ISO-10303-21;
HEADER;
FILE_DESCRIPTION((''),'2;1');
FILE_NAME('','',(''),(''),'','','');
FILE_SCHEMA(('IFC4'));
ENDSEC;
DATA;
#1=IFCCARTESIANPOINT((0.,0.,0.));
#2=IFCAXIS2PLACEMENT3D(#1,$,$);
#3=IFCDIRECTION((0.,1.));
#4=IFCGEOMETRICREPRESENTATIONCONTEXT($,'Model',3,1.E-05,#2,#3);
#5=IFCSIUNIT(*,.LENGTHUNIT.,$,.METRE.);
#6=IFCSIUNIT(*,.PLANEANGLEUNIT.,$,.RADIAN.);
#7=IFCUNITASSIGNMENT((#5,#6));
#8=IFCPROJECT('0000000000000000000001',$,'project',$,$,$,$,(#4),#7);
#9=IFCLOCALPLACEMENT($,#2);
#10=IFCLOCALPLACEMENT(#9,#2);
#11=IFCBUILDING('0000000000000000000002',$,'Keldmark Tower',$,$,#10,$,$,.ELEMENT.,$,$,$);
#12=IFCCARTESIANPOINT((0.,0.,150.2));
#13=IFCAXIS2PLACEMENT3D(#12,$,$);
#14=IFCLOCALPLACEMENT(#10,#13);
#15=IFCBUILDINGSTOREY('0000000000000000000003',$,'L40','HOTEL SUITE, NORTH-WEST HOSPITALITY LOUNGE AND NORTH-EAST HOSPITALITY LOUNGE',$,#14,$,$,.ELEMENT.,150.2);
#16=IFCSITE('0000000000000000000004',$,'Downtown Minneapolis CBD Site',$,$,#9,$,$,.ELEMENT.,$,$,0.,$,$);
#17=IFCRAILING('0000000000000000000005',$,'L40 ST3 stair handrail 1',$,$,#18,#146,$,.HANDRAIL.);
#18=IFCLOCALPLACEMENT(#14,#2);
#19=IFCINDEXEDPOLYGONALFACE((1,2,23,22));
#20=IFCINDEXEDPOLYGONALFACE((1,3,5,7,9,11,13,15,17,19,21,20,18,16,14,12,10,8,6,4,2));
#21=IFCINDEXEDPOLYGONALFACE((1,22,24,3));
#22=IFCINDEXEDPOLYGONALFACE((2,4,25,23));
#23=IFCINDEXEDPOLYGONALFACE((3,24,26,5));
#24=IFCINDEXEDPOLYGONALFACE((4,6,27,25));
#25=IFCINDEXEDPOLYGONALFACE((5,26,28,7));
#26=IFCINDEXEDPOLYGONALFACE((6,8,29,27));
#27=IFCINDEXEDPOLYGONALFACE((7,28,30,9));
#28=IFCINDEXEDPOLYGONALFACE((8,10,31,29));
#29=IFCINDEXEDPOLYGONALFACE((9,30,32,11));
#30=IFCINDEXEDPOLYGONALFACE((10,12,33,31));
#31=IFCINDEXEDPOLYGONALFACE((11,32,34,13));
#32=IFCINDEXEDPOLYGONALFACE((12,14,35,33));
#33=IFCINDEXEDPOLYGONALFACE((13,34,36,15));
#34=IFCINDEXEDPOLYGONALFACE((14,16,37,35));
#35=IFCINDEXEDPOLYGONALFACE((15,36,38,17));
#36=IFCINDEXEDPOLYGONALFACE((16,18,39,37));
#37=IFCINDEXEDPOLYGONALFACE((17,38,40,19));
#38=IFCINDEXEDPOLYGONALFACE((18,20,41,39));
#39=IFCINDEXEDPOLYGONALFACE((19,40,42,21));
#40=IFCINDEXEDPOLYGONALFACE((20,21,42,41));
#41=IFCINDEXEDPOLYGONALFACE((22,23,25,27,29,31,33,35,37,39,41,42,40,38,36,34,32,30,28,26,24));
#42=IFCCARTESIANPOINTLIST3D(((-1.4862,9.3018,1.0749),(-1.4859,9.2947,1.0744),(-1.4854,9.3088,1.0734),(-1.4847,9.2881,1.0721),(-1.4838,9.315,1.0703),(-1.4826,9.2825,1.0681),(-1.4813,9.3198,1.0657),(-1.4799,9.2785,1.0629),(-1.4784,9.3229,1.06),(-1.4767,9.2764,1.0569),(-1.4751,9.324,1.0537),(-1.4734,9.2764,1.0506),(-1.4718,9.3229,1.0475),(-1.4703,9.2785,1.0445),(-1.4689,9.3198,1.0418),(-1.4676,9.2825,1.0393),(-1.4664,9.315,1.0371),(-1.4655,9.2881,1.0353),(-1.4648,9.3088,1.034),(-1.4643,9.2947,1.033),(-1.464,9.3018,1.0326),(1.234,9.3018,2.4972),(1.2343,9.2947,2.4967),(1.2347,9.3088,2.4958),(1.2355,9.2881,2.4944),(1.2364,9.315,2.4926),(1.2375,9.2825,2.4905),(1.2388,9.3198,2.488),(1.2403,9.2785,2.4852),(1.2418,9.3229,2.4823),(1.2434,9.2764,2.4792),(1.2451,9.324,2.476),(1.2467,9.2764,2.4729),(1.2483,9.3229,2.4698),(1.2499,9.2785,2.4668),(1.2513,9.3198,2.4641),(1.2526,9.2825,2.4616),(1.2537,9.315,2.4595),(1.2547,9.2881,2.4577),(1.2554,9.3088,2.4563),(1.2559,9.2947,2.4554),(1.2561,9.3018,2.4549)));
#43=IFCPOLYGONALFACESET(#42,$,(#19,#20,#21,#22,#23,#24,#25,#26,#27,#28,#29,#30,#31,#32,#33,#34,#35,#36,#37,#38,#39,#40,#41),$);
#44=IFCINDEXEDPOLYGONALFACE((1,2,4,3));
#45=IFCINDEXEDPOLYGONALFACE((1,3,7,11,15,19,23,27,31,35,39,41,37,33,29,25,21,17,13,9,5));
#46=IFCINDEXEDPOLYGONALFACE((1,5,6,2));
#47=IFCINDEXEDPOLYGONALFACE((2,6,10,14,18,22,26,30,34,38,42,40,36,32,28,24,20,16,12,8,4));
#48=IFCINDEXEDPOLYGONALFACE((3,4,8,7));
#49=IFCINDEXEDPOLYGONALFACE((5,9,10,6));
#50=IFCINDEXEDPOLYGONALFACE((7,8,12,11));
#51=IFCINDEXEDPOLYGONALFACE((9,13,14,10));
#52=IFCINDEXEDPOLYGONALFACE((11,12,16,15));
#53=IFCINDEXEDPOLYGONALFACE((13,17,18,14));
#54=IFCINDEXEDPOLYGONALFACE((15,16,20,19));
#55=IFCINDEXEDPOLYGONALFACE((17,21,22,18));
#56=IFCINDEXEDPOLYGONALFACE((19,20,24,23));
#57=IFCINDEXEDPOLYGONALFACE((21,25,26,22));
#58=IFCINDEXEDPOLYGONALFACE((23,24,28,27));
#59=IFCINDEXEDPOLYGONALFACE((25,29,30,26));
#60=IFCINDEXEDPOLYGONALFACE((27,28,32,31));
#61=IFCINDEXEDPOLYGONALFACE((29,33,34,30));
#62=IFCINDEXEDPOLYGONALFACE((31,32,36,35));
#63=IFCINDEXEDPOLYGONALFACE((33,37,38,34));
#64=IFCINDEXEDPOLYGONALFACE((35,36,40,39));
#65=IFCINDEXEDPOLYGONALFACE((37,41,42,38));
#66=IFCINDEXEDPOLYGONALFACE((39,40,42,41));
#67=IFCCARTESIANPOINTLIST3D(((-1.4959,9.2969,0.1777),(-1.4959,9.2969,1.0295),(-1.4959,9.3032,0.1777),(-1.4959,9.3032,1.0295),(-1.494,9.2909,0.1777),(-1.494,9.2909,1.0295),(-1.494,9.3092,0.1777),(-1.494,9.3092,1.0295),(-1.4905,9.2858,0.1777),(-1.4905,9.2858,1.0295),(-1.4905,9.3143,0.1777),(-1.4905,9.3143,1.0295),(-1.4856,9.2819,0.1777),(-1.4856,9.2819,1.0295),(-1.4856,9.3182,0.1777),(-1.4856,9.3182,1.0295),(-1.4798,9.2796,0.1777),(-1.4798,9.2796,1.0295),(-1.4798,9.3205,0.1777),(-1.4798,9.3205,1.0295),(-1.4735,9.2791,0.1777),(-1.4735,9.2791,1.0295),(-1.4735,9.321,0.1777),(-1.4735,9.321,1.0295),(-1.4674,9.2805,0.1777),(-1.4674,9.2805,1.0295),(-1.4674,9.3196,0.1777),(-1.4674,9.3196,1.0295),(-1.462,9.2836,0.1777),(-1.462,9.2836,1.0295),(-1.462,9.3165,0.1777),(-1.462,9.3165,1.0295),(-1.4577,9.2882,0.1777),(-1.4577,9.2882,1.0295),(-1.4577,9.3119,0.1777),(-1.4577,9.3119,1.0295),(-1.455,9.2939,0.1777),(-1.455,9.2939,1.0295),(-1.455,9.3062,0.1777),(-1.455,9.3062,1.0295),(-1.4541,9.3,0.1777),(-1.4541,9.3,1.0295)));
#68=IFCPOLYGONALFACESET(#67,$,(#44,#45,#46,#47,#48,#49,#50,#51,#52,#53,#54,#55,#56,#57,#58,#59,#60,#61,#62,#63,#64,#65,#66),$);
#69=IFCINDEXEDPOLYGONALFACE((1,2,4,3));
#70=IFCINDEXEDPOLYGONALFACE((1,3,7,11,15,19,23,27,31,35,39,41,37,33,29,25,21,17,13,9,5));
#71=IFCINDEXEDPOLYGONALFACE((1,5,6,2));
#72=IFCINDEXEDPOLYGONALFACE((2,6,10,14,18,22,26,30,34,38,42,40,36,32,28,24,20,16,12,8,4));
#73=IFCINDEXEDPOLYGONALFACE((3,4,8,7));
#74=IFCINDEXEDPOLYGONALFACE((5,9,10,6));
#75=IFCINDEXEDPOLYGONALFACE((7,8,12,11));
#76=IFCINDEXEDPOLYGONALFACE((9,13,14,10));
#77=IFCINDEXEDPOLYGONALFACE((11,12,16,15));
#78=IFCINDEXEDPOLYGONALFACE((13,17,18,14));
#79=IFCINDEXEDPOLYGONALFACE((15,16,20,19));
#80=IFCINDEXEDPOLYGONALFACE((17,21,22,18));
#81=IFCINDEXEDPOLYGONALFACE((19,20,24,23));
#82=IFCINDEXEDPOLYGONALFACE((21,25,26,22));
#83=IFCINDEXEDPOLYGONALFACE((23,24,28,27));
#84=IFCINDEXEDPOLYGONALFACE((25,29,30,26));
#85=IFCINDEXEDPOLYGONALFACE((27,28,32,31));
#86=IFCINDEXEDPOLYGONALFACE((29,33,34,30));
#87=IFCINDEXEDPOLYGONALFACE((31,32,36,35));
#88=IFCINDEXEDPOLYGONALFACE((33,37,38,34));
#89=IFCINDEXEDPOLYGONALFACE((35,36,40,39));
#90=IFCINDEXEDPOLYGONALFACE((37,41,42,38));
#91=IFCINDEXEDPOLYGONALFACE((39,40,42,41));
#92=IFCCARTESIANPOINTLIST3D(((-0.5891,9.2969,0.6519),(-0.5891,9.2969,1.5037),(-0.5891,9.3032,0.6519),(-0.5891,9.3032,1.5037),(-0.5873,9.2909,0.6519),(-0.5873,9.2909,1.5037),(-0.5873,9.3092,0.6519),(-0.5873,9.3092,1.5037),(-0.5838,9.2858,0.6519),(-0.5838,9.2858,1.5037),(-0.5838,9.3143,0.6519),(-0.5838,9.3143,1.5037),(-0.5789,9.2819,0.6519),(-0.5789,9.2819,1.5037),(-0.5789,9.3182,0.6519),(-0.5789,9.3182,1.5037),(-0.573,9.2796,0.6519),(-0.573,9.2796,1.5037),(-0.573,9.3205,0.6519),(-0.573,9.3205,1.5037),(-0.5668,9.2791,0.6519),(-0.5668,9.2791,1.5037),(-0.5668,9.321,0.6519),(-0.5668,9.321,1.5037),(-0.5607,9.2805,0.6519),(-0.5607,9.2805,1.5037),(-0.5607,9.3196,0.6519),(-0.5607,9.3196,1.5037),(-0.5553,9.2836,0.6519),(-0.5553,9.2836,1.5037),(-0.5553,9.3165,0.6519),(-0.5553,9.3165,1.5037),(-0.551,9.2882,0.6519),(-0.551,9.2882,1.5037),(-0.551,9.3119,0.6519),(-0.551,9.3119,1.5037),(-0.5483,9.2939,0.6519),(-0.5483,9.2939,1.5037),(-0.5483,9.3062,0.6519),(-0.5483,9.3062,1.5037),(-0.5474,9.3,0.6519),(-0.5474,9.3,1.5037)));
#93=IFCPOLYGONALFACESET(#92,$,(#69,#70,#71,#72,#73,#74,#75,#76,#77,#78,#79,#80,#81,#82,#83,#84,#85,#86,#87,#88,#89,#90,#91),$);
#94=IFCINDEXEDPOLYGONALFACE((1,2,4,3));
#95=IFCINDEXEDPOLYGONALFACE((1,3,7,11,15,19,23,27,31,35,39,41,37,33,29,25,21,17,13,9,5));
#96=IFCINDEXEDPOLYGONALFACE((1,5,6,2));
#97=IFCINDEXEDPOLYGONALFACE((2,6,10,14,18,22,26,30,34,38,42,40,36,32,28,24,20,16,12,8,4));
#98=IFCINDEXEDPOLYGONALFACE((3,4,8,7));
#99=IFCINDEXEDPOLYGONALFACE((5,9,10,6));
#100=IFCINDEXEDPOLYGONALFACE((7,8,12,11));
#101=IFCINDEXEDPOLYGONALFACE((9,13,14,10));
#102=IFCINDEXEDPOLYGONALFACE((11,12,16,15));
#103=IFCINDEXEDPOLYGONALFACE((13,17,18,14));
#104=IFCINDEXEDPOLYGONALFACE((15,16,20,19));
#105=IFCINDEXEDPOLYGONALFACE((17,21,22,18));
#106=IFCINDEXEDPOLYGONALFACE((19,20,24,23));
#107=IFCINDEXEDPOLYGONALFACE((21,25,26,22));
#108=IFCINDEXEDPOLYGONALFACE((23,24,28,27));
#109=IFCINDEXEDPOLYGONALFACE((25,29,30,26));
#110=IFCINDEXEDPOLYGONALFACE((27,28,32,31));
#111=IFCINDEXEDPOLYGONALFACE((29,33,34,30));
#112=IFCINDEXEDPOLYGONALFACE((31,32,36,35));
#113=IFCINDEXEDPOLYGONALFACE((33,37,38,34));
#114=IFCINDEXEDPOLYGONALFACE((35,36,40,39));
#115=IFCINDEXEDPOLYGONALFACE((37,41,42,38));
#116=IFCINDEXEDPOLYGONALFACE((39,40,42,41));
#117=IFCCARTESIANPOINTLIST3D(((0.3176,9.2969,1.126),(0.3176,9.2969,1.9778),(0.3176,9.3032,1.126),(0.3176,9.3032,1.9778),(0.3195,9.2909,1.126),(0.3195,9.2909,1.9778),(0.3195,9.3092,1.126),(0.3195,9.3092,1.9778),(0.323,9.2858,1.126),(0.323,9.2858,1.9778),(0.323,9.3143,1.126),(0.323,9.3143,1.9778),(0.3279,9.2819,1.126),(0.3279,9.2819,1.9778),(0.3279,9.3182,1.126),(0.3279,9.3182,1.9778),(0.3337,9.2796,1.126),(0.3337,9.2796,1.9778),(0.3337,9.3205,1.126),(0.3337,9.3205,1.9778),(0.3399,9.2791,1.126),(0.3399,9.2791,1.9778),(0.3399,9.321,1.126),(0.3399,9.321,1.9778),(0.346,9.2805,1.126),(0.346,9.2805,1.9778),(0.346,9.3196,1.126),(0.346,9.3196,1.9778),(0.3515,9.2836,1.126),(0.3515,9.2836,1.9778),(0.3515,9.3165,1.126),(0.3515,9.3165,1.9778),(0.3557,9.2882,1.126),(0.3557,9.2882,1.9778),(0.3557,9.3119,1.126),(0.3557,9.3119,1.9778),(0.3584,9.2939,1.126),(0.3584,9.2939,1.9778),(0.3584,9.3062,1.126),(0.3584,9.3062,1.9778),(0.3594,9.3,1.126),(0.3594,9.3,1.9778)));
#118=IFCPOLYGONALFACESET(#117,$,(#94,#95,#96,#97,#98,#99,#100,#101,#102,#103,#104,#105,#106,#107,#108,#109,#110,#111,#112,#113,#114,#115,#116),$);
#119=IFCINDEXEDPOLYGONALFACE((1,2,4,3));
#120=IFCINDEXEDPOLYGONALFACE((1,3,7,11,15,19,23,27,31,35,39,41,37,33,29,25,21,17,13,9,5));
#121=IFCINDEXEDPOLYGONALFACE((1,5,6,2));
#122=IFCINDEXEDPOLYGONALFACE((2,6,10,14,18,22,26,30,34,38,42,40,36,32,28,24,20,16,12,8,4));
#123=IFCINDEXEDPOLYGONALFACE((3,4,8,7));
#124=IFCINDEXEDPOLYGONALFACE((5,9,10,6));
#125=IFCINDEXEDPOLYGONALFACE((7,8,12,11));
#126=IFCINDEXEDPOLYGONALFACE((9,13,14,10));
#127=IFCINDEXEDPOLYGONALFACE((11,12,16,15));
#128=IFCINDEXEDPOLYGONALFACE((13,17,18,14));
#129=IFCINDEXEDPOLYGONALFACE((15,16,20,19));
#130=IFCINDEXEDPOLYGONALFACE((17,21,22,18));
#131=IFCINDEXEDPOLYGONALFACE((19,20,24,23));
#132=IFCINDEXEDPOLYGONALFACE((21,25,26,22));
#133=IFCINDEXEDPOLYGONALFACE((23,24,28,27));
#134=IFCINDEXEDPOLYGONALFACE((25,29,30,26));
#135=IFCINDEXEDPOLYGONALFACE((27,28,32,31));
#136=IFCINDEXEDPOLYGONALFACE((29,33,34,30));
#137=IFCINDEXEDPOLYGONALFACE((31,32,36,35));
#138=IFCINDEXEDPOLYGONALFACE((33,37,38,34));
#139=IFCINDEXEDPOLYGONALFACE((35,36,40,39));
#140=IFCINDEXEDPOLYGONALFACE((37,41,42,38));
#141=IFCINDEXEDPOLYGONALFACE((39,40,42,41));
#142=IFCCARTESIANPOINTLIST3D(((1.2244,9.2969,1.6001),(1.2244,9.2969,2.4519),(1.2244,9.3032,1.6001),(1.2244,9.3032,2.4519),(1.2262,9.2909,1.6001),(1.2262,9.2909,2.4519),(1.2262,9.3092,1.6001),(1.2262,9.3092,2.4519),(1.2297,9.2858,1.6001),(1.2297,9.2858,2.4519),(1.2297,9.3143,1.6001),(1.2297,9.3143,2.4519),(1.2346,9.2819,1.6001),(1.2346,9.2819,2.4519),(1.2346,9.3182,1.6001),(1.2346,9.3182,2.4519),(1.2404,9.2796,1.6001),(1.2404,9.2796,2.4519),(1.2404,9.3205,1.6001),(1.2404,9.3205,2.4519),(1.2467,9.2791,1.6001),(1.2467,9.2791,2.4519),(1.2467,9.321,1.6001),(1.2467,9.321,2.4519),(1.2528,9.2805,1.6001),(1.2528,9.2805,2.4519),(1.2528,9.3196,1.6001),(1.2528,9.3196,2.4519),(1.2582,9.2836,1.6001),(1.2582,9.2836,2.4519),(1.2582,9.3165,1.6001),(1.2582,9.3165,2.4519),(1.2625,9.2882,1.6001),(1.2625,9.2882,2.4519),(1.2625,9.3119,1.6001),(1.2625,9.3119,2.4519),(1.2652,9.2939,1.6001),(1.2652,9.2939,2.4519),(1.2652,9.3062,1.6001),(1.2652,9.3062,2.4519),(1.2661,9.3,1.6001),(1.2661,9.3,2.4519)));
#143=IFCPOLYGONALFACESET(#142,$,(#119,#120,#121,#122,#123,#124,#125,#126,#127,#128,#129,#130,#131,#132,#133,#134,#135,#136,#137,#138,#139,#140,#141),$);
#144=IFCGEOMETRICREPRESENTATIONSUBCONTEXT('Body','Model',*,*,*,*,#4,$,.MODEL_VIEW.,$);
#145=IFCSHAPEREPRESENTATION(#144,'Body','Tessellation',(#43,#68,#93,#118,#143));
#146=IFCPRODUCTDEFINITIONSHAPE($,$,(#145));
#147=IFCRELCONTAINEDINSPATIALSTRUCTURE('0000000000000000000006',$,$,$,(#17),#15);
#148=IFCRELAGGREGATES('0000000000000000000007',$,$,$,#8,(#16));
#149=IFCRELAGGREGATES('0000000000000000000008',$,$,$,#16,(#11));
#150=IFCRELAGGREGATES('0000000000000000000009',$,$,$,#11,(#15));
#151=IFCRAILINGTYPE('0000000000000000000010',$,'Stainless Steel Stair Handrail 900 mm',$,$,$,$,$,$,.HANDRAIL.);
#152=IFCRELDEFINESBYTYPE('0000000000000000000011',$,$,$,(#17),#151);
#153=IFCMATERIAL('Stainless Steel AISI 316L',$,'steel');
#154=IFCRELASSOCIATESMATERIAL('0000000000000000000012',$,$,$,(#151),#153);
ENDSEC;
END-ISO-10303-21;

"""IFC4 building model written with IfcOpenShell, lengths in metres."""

from ifc_helpers import new_model, si_unit, direction, frame, origin, origin_2d, place, context, subcontext, project, spatial, circle, extrude, material, type_object, element, save


model = new_model("IFC4")

# Units and contexts
model_context = context("Model", 3, precision=1e-05, world=origin(), true_north=direction((0.0, 1.0)))
body_context = subcontext(model_context, "Body", "Model", "MODEL_VIEW")
ifc_project = project(units=[si_unit("LENGTHUNIT", "METRE"), si_unit("PLANEANGLEUNIT", "RADIAN")], contexts=[model_context])

# Site, building, storey
site_placement = place(None, origin())
site = spatial("IfcSite", under=ifc_project, at=site_placement, Name="Downtown Minneapolis CBD Site", CompositionType="ELEMENT", RefElevation=0.0)
building_placement = place(site_placement, origin())
building = spatial("IfcBuilding", under=site, at=building_placement, Name="Keldmark Tower", CompositionType="ELEMENT")
storey_placement = place(building_placement, frame((0.0, 0.0, 150.2)))
storey = spatial("IfcBuildingStorey", under=building, at=storey_placement, Name="L40", Description="HOTEL SUITE, NORTH-WEST HOSPITALITY LOUNGE AND NORTH-EAST HOSPITALITY LOUNGE", CompositionType="ELEMENT", Elevation=150.2)

# Railing
ifc_material_1 = material(Name="Stainless Steel AISI 316L", Category="steel")
railing_type = type_object("IfcRailingType", Name="Stainless Steel Stair Handrail 900 mm", PredefinedType="HANDRAIL", material=ifc_material_1)
railing_placement = place(storey_placement, frame((-1.4751, 9.3, 0.1777)))
element("IfcRailing", 1, at=railing_placement, inside=storey, type_object=railing_type, Name="L40 ST3 stair handrail 1", PredefinedType="HANDRAIL", context=body_context, shape_type="SweptSolid", body=[
    extrude(circle(Radius=0.0239, at=origin_2d()), frame((0.0, 0.0, 0.876), z_axis=(0.886168, 0.0, 0.463365), x_axis=(0.0, 1.0, 0.0)), (0.0, 0.0, 1.0), 3.0696),
    extrude(circle(Radius=0.021, at=origin_2d()), origin(), (0.0, 0.0, 1.0), 0.8518),
    extrude(circle(Radius=0.021, at=origin_2d()), frame((0.9067, 0.0, 0.4741)), (0.0, 0.0, 1.0), 0.8518),
    extrude(circle(Radius=0.021, at=origin_2d()), frame((1.8135, 0.0, 0.9482)), (0.0, 0.0, 1.0), 0.8518),
    extrude(circle(Radius=0.021, at=origin_2d()), frame((2.7202, 0.0, 1.4224)), (0.0, 0.0, 1.0), 0.8518),
])

save(model, "model.ifc")
